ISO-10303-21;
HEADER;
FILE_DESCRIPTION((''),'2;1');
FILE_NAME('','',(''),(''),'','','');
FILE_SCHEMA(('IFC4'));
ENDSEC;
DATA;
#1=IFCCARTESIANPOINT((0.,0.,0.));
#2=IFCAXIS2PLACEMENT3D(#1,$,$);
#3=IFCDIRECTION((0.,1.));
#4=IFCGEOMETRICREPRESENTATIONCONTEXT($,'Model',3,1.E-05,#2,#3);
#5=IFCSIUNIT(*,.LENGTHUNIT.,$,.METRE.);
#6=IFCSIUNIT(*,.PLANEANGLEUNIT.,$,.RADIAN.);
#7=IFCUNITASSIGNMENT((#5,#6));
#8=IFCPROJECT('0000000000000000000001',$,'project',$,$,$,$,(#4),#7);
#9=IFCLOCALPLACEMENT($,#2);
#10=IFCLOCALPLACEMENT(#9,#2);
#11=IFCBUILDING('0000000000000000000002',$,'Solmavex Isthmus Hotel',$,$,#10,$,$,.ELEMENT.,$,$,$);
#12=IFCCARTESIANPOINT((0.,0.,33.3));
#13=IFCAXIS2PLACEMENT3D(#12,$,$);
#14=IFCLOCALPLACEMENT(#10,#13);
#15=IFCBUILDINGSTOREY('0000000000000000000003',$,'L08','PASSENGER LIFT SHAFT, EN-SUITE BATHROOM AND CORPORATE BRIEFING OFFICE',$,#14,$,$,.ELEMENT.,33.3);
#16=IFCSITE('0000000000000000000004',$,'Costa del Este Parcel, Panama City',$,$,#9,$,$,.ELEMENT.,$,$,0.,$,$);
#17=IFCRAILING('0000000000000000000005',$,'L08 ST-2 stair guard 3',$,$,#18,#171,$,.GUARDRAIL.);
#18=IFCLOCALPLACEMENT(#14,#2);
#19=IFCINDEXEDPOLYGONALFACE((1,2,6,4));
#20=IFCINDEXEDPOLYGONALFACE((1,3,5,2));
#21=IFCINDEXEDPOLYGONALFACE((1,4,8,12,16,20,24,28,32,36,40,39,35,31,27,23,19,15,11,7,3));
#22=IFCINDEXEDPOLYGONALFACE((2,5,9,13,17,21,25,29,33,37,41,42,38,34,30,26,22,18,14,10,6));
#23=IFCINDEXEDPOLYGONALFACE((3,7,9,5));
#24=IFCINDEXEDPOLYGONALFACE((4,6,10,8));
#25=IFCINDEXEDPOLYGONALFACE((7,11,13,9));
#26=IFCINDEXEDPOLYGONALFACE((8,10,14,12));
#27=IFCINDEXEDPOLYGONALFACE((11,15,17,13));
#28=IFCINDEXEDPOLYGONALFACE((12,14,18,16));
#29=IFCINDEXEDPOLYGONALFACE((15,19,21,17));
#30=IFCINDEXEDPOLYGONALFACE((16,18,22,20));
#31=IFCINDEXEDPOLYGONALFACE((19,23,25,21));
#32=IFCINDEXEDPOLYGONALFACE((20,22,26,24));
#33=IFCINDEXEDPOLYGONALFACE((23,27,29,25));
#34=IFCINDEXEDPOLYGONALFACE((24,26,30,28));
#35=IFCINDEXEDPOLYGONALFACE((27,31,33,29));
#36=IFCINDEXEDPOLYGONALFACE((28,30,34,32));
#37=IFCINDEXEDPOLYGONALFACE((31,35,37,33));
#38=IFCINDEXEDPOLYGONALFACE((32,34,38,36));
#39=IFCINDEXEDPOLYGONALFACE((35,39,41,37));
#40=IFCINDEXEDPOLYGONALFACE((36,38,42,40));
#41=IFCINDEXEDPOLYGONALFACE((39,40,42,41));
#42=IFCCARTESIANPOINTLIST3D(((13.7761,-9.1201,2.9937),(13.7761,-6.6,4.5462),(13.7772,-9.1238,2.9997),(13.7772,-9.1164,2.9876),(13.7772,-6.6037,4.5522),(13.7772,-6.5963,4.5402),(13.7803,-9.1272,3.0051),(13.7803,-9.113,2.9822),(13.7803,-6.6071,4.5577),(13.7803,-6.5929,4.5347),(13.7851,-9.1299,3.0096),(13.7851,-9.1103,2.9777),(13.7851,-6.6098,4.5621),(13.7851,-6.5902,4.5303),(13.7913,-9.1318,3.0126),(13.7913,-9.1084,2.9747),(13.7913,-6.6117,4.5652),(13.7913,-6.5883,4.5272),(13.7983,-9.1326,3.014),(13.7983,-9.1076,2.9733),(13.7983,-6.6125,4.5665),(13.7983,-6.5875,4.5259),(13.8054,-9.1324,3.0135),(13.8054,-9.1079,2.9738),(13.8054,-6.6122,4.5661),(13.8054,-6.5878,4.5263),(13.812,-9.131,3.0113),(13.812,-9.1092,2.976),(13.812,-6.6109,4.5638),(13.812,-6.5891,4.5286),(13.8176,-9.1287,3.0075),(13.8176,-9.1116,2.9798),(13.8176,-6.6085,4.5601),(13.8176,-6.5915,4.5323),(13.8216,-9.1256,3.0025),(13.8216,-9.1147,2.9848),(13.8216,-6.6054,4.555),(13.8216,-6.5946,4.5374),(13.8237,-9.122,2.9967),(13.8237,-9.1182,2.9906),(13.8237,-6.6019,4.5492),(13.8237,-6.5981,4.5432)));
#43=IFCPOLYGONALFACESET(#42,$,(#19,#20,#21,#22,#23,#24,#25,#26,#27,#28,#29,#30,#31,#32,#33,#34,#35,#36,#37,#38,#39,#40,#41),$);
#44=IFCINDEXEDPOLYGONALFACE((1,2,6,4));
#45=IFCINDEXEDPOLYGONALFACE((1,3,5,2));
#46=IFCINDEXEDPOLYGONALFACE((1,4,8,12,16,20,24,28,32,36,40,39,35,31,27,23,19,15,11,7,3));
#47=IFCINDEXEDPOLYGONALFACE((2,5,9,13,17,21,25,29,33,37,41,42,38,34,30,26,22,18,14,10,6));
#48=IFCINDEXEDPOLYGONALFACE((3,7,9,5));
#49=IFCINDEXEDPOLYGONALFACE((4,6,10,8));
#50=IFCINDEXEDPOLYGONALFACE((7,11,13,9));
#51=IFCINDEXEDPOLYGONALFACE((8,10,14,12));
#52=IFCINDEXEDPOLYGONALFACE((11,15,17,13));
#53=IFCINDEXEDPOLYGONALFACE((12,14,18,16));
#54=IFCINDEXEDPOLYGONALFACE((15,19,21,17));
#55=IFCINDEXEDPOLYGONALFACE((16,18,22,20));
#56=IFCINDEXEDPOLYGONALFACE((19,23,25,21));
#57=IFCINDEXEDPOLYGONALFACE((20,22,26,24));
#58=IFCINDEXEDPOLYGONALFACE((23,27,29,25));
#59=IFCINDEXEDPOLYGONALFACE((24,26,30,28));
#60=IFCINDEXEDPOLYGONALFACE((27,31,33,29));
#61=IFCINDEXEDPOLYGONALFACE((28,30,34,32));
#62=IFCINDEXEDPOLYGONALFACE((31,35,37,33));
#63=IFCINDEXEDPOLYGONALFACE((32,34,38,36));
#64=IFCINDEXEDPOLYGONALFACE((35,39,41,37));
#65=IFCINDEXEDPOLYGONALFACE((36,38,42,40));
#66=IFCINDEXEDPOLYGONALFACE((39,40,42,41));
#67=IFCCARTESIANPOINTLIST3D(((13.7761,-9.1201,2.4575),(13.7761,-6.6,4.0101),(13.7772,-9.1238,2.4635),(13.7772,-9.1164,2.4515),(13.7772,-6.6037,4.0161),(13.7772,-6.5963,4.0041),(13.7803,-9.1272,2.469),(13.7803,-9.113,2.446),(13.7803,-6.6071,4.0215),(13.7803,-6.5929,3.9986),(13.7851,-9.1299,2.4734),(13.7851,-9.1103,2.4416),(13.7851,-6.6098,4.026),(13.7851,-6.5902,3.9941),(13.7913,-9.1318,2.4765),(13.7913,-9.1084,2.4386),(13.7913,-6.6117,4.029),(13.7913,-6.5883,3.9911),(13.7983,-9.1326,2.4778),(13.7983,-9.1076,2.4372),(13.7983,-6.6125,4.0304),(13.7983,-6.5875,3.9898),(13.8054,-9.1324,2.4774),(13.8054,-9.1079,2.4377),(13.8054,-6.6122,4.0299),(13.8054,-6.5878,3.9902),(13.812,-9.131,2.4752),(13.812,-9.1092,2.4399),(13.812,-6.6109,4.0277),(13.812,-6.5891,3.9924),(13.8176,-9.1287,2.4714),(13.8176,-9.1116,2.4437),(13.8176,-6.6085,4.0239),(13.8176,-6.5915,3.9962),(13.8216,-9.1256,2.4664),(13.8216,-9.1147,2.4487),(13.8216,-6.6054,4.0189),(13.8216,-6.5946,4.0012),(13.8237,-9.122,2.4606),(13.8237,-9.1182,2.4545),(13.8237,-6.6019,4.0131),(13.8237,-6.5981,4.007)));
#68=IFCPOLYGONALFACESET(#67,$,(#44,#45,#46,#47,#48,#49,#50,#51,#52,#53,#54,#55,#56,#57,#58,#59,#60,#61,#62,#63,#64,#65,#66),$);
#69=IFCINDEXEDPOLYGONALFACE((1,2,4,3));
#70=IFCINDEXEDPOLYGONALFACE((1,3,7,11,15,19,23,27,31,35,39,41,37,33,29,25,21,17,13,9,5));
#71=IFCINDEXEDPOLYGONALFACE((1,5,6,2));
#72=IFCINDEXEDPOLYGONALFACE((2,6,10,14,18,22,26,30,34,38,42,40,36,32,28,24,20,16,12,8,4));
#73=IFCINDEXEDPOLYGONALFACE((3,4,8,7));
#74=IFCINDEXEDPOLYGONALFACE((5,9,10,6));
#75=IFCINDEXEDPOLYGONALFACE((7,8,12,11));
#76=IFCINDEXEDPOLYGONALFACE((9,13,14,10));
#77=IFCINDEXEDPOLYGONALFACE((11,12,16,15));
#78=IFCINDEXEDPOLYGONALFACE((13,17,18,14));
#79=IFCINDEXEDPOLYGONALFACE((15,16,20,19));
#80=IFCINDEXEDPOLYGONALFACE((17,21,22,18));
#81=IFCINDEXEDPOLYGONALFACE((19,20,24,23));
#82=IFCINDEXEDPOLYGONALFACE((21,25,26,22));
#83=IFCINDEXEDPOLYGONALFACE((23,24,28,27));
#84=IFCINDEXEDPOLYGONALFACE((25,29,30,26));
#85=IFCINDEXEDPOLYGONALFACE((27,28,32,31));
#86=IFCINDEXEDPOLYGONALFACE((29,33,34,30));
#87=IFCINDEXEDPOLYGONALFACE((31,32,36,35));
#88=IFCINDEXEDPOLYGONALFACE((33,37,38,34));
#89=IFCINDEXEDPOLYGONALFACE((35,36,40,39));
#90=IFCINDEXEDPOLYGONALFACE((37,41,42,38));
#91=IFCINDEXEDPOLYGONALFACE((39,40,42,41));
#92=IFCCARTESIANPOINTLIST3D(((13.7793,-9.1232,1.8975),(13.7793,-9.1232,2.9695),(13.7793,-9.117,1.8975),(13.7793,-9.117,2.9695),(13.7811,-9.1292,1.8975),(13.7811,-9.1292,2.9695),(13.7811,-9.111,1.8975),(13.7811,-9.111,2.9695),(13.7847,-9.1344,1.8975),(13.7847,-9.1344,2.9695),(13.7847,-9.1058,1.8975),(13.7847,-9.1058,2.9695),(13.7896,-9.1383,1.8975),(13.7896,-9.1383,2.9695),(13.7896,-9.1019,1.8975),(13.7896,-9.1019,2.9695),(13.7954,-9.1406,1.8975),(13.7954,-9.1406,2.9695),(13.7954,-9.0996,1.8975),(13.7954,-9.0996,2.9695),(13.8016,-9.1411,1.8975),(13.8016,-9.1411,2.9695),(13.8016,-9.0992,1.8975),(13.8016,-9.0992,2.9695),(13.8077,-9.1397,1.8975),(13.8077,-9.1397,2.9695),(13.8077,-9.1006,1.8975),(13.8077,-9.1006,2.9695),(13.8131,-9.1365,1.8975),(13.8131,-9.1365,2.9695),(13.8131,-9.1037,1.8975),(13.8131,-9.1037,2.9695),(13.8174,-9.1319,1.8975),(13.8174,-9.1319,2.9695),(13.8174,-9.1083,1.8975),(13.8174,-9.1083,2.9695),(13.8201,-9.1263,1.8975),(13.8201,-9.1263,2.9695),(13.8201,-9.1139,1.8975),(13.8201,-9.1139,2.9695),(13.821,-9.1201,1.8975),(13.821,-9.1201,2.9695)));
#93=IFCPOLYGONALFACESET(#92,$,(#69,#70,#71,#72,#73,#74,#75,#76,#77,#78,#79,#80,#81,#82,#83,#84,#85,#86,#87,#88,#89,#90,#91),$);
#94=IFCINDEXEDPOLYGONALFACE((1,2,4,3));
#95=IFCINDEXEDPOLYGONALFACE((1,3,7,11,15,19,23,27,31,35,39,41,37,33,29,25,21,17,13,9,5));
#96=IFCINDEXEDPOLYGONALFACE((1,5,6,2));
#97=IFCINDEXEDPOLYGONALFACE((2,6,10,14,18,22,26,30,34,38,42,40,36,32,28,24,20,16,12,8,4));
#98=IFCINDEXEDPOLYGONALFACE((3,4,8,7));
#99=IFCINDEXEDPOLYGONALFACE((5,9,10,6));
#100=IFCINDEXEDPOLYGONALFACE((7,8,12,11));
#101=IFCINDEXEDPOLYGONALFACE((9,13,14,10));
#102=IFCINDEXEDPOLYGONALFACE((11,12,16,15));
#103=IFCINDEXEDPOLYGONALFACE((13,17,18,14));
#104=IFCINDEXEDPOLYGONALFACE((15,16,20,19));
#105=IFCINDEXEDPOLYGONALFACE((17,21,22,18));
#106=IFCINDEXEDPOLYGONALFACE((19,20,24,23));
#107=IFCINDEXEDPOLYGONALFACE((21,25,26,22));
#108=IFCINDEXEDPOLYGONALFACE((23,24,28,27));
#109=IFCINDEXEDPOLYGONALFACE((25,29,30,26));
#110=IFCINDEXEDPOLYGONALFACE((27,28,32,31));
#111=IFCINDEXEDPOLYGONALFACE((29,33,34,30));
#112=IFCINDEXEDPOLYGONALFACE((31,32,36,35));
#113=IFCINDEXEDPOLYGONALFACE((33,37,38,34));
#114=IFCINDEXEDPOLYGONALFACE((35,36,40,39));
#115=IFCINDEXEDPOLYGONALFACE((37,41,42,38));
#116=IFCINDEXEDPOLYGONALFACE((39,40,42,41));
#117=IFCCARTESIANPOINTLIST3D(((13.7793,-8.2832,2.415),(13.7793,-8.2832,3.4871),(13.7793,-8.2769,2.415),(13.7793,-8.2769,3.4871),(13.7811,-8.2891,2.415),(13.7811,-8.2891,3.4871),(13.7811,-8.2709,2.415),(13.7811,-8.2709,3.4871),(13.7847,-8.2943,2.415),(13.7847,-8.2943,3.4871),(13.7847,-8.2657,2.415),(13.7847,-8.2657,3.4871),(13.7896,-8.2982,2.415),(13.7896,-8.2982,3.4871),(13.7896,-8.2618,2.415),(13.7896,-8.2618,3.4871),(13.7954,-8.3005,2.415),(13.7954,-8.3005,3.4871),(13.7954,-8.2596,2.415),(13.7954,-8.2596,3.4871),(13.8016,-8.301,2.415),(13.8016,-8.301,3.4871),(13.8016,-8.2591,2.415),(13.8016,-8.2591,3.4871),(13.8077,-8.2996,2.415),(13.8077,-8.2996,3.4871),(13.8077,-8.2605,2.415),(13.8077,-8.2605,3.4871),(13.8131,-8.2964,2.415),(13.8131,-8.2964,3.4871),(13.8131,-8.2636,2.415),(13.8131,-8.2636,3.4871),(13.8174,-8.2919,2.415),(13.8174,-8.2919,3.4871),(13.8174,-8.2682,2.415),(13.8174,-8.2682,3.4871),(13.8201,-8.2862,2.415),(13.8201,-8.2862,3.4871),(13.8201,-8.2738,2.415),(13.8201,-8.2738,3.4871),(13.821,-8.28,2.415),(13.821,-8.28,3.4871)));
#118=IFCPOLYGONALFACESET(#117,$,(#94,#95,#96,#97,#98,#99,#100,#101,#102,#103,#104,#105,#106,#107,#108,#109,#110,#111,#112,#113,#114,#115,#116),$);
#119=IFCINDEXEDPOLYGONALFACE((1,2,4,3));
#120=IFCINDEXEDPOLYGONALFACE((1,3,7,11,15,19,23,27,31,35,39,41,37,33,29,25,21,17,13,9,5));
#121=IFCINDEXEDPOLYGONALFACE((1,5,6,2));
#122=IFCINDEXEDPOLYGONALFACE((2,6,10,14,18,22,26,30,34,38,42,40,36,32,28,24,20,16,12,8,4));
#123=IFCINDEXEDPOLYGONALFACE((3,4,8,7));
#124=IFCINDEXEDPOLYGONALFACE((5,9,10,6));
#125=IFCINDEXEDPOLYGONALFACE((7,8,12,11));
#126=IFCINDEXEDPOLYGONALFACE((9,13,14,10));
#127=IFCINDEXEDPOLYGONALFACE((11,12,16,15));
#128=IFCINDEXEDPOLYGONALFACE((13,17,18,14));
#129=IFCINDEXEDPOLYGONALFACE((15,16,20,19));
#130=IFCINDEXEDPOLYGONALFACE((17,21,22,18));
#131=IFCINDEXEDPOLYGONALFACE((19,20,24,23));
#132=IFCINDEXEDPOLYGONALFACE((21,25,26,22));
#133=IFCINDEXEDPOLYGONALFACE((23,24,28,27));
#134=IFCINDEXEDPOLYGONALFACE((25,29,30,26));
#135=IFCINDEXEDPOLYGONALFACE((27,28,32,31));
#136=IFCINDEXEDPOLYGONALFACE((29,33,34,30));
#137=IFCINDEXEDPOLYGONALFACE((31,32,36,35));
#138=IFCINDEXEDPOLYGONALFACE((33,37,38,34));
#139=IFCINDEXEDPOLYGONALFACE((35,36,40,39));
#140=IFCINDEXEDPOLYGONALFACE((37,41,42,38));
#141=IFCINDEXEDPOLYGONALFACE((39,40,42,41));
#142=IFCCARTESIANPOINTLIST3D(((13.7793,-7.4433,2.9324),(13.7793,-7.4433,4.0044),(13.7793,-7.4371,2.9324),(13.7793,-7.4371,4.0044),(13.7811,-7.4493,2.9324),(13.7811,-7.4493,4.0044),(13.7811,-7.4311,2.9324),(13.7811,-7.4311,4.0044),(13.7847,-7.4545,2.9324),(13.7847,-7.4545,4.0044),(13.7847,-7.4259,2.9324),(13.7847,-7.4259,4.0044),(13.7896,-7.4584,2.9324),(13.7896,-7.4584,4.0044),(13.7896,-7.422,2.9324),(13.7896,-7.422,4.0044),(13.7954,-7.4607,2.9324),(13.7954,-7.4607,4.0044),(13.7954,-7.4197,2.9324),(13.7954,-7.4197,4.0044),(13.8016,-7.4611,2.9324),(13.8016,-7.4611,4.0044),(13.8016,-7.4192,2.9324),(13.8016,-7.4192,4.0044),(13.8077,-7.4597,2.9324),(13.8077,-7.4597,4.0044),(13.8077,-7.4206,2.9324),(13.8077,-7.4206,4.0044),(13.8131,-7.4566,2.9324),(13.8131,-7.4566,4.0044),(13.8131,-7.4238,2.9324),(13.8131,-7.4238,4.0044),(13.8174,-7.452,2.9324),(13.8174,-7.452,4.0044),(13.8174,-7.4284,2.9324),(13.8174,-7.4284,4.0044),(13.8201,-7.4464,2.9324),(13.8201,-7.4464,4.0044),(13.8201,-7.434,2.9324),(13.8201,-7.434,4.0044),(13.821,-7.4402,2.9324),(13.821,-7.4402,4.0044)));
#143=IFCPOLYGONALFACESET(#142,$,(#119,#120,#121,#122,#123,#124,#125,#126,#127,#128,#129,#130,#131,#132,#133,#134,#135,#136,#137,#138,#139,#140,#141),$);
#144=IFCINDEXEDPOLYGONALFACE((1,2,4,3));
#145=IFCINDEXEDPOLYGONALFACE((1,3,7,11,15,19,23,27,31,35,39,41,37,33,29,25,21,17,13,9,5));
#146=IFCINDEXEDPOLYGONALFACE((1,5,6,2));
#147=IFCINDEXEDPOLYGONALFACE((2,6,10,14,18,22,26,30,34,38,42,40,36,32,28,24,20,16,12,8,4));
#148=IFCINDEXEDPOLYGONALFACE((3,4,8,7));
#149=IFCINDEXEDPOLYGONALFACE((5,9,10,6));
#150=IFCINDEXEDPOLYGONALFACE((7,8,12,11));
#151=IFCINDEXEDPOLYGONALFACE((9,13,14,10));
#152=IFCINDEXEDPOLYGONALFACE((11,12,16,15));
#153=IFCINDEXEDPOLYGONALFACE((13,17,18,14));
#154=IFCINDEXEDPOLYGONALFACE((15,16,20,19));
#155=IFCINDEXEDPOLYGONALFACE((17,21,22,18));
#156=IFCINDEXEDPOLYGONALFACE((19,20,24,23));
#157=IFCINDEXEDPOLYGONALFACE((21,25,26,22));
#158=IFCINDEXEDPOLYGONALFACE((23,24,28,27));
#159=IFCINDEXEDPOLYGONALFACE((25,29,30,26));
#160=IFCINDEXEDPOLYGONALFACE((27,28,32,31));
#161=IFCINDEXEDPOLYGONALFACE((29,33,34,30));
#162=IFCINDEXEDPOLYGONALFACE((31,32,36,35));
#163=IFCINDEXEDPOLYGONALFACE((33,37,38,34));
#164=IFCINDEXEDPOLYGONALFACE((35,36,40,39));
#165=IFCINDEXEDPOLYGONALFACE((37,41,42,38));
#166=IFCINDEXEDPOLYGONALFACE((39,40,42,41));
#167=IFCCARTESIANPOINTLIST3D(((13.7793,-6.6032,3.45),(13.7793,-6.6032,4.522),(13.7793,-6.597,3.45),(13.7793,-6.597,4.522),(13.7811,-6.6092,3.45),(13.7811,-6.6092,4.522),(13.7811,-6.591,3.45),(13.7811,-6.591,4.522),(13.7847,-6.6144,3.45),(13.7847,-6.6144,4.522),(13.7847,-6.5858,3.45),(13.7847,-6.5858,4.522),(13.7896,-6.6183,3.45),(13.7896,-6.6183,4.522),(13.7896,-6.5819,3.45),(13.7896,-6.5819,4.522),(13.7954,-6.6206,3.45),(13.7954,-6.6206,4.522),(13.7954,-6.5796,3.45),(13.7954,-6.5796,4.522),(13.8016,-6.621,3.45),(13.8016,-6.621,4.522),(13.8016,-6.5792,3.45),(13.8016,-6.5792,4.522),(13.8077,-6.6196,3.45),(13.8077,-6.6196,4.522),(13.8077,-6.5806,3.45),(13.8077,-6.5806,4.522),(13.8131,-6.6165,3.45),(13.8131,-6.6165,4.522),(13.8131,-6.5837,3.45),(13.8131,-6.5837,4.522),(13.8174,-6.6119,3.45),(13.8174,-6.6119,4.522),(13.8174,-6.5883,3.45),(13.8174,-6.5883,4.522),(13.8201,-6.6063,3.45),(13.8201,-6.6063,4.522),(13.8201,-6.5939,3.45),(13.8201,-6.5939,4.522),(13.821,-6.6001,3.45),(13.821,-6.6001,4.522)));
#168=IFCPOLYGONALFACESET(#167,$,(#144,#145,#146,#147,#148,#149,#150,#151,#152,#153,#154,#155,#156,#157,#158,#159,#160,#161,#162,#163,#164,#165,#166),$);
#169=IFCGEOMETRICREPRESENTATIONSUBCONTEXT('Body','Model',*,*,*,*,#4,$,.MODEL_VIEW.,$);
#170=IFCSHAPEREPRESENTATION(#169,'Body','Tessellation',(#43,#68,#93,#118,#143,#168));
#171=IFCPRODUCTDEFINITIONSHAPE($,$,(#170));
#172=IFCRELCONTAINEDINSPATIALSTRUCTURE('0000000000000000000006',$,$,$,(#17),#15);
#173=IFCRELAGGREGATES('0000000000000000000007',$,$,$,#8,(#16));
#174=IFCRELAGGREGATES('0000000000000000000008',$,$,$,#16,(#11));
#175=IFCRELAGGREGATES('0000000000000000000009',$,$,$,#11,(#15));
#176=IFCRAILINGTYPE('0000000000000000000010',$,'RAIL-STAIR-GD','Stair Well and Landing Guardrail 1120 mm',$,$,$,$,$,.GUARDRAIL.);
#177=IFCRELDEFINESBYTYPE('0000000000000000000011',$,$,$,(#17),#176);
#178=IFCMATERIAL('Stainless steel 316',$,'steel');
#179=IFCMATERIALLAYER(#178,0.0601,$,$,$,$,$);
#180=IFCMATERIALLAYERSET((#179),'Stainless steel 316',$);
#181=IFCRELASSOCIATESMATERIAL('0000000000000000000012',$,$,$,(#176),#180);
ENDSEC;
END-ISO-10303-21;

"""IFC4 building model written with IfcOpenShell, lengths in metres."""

from ifc_helpers import new_model, si_unit, direction, frame, origin, origin_2d, place, context, subcontext, project, spatial, circle, extrude, material, layer, layer_set, type_object, element, save


model = new_model("IFC4")

# Units and contexts
model_context = context("Model", 3, precision=1e-05, world=origin(), true_north=direction((0.0, 1.0)))
body_context = subcontext(model_context, "Body", "Model", "MODEL_VIEW")
ifc_project = project(units=[si_unit("LENGTHUNIT", "METRE"), si_unit("PLANEANGLEUNIT", "RADIAN")], contexts=[model_context])

# Site, building, storey
site_placement = place(None, origin())
site = spatial("IfcSite", under=ifc_project, at=site_placement, Name="Costa del Este Parcel, Panama City", CompositionType="ELEMENT", RefElevation=0.0)
building_placement = place(site_placement, origin())
building = spatial("IfcBuilding", under=site, at=building_placement, Name="Solmavex Isthmus Hotel", CompositionType="ELEMENT")
storey_placement = place(building_placement, frame((0.0, 0.0, 33.3)))
storey = spatial("IfcBuildingStorey", under=building, at=storey_placement, Name="L08", Description="PASSENGER LIFT SHAFT, EN-SUITE BATHROOM AND CORPORATE BRIEFING OFFICE", CompositionType="ELEMENT", Elevation=33.3)

# Railing
ifc_material_1 = material(Name="Stainless steel 316", Category="steel")
ifc_layer_1 = layer(ifc_material_1, 0.0601)
ifc_layer_set_1 = layer_set([ifc_layer_1], Name="Stainless steel 316")
railing_type_1 = type_object("IfcRailingType", Name="RAIL-STAIR-GD", Description="Stair Well and Landing Guardrail 1120 mm", PredefinedType="GUARDRAIL", material=ifc_layer_set_1)
railing_1_placement = place(storey_placement, frame((13.8, -9.1201, 1.8975)))
element("IfcRailing", 1, at=railing_1_placement, inside=storey, type_object=railing_type_1, Name="L08 ST-2 stair guard 3", PredefinedType="GUARDRAIL", context=body_context, shape_type="SweptSolid", body=[
    extrude(circle(Radius=0.0239, at=origin_2d()), frame((0.0, 0.0, 1.0962), z_axis=(0.0, 0.8514, 0.524516), x_axis=(-1.0, 0.0, 0.0)), (0.0, 0.0, 1.0), 2.96),
    extrude(circle(Radius=0.0239, at=origin_2d()), frame((0.0, 0.0, 0.5601), z_axis=(0.0, 0.8514, 0.524516), x_axis=(-1.0, 0.0, 0.0)), (0.0, 0.0, 1.0), 2.96),
    extrude(circle(Radius=0.021, at=origin_2d()), origin(), (0.0, 0.0, 1.0), 1.072),
    extrude(circle(Radius=0.021, at=origin_2d()), frame((0.0, 0.8401, 0.5176)), (0.0, 0.0, 1.0), 1.072),
    extrude(circle(Radius=0.021, at=origin_2d()), frame((0.0, 1.6799, 1.0349)), (0.0, 0.0, 1.0), 1.072),
    extrude(circle(Radius=0.021, at=origin_2d()), frame((0.0, 2.52, 1.5525)), (0.0, 0.0, 1.0), 1.072),
])

save(model, "model.ifc")
